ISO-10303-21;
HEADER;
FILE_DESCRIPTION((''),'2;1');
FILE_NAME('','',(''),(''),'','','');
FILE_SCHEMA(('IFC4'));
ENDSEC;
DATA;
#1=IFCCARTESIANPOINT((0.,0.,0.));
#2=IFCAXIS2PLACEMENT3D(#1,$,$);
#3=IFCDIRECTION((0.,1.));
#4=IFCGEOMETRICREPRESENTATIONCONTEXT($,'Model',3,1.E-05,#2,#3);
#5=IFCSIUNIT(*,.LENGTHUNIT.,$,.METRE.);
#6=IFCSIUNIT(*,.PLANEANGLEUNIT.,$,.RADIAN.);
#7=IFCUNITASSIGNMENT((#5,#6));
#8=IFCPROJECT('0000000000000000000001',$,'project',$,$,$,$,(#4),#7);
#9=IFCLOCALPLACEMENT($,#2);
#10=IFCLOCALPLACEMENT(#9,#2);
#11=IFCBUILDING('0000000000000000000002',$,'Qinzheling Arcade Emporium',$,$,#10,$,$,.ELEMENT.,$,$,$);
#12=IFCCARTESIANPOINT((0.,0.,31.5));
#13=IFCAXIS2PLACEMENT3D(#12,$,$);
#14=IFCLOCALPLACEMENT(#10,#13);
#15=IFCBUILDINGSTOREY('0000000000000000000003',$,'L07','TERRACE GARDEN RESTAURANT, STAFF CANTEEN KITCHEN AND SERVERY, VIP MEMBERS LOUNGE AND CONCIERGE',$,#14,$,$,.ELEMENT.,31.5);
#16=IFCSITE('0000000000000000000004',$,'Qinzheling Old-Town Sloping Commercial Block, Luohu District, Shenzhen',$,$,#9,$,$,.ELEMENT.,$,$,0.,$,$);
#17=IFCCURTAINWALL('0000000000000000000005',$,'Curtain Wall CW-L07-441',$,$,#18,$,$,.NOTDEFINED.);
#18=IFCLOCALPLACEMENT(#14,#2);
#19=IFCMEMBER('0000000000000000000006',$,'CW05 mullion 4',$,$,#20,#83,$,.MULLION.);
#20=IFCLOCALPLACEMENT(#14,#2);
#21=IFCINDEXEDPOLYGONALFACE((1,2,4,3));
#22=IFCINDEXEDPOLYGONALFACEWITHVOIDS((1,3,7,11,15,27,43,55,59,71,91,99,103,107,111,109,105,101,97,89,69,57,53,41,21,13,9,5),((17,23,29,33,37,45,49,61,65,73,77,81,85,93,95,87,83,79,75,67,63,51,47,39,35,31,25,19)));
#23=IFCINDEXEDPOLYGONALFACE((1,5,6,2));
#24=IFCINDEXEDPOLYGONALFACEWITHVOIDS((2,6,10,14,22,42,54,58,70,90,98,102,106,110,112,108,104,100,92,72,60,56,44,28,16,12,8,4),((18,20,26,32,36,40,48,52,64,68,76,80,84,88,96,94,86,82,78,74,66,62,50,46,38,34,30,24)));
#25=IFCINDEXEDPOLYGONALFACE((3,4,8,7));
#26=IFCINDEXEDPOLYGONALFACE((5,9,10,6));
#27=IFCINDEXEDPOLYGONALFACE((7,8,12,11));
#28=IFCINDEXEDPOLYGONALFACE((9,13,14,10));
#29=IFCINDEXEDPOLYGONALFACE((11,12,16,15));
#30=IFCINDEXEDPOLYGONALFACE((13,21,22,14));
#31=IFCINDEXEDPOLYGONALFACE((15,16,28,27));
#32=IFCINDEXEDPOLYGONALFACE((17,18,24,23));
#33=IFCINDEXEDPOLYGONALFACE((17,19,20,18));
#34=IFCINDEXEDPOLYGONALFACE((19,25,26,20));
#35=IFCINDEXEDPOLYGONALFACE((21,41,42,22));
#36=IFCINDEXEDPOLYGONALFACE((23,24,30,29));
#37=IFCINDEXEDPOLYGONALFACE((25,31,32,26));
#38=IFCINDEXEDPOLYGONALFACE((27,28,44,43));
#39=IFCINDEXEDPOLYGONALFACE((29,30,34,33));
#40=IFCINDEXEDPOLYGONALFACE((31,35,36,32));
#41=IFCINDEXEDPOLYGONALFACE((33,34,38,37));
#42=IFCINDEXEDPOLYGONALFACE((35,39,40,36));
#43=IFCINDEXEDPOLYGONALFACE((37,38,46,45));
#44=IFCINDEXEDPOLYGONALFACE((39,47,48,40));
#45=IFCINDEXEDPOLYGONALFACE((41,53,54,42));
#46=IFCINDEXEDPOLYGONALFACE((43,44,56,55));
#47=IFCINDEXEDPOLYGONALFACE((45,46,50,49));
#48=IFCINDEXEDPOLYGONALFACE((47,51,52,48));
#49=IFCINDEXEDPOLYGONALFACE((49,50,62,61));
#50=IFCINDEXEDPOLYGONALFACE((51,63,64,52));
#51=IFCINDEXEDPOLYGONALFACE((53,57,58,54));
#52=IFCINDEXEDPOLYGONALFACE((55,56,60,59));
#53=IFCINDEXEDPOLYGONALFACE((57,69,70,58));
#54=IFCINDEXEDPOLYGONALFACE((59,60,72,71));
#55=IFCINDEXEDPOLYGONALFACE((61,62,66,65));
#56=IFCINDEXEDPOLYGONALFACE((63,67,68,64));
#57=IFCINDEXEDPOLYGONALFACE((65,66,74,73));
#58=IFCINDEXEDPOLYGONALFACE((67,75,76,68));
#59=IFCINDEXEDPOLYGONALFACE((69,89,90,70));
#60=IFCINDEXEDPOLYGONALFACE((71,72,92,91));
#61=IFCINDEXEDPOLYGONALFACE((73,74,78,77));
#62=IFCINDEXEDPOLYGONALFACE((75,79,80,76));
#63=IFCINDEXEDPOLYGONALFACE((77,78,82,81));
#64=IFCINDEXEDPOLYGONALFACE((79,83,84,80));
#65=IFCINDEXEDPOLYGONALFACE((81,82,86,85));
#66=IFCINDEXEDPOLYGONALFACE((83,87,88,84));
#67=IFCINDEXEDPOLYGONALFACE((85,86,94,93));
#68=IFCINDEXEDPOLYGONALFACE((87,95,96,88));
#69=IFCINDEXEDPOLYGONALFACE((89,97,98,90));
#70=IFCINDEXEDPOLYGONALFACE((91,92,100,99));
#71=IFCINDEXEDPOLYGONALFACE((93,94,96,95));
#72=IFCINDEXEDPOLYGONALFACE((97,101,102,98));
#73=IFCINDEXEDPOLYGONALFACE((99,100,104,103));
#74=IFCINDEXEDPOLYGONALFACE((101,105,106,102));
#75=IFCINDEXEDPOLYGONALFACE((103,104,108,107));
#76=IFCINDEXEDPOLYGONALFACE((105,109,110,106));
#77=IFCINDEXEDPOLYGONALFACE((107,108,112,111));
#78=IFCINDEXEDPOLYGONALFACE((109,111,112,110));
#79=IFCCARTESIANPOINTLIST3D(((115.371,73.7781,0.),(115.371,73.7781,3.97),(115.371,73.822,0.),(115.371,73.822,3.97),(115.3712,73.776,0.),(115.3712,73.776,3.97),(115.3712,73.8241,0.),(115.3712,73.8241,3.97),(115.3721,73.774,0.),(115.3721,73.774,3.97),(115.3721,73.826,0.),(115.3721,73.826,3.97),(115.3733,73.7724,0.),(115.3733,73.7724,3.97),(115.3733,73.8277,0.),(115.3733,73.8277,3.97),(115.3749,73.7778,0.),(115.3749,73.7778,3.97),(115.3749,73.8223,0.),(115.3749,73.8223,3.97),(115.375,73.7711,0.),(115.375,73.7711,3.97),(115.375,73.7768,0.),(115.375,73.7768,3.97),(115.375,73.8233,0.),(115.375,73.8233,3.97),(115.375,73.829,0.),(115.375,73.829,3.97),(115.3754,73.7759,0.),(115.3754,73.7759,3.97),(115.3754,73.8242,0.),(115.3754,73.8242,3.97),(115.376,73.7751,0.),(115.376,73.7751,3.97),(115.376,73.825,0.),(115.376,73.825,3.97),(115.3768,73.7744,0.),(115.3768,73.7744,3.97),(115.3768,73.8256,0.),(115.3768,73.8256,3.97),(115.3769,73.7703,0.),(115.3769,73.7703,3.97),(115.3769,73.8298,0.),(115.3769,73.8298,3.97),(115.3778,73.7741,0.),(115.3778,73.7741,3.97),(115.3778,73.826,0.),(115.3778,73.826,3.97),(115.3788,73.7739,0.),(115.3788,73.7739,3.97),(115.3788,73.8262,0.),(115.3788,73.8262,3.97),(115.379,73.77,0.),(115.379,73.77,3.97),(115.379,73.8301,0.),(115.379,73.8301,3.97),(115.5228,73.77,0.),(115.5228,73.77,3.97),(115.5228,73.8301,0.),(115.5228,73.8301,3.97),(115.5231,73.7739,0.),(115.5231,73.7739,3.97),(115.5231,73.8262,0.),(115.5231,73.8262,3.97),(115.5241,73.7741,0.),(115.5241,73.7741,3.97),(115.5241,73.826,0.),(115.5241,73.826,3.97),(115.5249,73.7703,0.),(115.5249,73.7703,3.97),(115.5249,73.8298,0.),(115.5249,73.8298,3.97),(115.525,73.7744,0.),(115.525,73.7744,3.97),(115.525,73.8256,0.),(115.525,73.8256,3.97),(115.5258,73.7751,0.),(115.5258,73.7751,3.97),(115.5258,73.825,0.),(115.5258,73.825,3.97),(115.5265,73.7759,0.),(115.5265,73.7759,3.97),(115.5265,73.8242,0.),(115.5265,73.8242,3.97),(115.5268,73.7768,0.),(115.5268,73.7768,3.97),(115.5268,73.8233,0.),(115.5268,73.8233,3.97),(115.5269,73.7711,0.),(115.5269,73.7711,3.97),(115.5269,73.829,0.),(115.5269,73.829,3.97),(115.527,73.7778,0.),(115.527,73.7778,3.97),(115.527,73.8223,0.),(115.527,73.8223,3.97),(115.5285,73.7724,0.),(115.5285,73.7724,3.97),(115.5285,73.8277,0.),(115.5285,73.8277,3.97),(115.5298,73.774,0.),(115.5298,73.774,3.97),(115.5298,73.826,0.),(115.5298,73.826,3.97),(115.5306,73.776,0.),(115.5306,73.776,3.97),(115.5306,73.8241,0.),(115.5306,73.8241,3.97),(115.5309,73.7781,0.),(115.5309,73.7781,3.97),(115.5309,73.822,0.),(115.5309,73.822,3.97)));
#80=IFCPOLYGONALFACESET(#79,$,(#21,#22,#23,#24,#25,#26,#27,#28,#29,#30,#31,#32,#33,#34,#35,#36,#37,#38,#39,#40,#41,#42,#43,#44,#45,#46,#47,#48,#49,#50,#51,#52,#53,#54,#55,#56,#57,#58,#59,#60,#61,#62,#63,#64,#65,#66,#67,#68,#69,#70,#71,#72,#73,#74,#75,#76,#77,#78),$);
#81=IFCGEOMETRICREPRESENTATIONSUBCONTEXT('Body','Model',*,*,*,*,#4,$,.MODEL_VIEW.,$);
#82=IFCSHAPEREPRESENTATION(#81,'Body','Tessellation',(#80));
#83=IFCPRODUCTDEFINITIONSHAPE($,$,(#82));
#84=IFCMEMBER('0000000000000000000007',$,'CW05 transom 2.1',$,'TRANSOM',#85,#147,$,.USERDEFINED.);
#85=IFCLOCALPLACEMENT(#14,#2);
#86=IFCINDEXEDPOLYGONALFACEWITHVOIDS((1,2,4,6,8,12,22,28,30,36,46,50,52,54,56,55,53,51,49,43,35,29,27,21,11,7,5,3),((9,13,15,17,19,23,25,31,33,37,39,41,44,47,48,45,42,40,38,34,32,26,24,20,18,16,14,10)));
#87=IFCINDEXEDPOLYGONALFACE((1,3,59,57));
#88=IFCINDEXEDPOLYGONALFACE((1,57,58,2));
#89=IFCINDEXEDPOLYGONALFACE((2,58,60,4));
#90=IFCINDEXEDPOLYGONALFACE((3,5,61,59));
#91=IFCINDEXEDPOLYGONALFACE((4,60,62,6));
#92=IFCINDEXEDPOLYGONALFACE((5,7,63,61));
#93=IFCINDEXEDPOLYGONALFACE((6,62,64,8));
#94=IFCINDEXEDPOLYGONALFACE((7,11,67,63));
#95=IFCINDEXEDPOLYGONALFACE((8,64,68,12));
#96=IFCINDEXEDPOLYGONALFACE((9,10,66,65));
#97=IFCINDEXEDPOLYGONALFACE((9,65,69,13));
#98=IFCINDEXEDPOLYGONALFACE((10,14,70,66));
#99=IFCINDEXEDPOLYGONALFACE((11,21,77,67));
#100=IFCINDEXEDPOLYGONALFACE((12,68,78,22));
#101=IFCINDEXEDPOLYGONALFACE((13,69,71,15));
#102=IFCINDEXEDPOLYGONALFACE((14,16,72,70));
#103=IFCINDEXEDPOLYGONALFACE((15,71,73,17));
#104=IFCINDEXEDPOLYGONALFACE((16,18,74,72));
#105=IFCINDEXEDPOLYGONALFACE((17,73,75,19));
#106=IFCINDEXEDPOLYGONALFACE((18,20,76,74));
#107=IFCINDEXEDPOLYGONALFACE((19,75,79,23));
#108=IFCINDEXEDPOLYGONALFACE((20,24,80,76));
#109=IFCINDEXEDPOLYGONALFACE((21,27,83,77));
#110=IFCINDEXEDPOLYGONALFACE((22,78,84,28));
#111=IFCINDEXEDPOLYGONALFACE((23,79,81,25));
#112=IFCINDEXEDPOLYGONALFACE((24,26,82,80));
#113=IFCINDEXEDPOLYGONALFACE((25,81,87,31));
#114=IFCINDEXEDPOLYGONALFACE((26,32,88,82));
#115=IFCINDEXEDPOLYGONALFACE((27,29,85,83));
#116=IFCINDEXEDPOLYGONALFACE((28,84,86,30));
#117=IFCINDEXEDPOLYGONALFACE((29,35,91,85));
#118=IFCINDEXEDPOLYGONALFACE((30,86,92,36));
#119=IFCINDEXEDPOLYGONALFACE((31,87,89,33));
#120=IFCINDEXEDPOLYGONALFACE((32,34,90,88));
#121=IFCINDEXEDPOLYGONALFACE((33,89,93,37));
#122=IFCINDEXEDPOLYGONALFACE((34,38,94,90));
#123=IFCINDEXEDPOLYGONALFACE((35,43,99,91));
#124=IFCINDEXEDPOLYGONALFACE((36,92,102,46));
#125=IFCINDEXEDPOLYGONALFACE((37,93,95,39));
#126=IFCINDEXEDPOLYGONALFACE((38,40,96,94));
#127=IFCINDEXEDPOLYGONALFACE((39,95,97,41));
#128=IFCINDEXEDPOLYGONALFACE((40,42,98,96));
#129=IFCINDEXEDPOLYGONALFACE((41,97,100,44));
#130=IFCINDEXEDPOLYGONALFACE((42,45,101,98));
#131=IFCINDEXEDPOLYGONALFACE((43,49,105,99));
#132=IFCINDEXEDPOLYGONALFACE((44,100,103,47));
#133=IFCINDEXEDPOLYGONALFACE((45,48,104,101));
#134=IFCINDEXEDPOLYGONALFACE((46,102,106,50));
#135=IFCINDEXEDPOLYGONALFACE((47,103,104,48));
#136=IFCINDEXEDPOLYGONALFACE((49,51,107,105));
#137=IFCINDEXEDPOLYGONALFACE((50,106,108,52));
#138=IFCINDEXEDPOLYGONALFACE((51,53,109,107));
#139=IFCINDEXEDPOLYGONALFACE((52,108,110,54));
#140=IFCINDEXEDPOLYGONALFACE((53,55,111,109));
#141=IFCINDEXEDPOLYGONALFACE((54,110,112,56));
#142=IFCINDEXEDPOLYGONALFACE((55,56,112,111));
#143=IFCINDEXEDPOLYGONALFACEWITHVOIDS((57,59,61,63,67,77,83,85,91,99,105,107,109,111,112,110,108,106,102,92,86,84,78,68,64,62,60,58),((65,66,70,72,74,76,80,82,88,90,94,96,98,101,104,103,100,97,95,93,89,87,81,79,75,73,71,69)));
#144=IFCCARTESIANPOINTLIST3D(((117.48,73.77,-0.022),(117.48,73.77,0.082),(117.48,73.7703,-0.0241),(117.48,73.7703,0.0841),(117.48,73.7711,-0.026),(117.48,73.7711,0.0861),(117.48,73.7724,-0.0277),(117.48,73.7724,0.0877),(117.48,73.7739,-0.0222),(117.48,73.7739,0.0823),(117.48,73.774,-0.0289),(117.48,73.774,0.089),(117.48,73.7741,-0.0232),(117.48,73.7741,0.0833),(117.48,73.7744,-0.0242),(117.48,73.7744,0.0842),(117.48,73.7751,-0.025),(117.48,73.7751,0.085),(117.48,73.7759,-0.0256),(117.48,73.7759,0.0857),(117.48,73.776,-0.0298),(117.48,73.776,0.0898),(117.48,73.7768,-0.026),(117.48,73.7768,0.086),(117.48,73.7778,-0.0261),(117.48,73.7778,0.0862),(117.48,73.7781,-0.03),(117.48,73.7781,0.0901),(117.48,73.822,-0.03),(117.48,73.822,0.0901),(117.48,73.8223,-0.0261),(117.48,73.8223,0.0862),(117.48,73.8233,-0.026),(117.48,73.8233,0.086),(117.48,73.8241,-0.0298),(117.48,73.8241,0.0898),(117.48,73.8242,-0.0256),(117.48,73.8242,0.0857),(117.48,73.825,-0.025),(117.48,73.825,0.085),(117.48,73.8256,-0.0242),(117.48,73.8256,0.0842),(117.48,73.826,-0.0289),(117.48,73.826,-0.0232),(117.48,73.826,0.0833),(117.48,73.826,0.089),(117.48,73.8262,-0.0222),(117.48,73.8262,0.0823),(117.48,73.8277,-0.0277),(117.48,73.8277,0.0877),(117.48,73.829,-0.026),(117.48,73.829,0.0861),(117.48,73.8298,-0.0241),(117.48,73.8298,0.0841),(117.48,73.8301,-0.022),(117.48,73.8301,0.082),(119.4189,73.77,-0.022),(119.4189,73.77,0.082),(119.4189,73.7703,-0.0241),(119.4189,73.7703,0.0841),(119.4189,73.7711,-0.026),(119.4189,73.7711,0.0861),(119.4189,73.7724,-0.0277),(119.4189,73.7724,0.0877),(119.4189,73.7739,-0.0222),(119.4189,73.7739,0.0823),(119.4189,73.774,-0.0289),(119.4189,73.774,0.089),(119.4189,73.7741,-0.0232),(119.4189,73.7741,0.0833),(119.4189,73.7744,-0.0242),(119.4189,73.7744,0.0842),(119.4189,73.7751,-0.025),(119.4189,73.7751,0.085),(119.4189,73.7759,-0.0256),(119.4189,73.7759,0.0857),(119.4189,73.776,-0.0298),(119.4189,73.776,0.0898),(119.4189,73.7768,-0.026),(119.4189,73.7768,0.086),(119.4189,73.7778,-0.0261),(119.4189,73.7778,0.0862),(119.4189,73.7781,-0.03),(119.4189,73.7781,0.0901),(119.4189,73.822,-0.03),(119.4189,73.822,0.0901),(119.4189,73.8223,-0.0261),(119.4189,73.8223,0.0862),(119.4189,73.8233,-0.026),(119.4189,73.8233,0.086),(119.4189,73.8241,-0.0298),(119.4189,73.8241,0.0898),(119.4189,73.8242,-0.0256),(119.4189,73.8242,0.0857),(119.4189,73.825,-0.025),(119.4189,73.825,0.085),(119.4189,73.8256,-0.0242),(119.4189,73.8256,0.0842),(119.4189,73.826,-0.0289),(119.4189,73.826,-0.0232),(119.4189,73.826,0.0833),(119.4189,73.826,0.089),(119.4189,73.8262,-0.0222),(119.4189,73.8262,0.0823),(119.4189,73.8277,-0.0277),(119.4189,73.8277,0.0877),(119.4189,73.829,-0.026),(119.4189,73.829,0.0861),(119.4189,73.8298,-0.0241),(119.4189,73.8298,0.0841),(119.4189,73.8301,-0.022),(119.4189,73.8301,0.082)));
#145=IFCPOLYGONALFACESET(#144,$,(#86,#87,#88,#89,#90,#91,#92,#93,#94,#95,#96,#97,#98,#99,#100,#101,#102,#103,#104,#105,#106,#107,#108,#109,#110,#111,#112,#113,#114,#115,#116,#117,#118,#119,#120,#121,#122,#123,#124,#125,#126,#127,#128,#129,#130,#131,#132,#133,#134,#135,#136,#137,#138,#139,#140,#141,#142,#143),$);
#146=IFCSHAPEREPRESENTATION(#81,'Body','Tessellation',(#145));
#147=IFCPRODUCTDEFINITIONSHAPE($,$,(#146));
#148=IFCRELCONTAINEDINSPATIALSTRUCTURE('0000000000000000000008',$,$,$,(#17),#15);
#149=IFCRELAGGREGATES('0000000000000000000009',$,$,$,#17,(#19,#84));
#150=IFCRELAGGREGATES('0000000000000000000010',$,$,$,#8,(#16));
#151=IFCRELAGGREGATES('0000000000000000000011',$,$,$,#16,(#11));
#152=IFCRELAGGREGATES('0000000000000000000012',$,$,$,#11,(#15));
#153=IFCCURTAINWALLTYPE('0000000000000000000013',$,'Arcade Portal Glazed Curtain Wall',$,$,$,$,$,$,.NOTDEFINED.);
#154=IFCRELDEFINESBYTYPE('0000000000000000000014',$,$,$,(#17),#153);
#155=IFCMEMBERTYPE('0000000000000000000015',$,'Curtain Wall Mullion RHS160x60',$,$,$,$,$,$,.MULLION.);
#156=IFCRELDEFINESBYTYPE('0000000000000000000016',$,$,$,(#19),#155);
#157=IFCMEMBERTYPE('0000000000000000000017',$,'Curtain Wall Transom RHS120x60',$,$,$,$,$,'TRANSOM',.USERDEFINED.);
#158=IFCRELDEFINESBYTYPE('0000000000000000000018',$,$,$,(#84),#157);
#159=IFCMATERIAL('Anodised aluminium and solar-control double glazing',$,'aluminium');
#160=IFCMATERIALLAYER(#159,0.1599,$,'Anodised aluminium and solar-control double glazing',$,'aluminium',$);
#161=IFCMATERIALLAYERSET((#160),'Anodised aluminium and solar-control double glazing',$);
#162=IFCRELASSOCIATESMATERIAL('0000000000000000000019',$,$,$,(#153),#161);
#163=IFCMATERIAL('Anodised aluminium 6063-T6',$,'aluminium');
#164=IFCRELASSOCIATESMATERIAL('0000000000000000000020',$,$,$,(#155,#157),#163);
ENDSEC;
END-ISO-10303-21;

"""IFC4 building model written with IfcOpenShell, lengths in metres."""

from ifc_helpers import new_model, si_unit, direction, frame, origin, origin_2d, place, context, subcontext, project, spatial, hollow_rectangle, extrude, material, layer, layer_set, material_profile, profile_set, type_object, element, aggregate, save


model = new_model("IFC4")

# Units and contexts
model_context = context("Model", 3, precision=1e-05, world=origin(), true_north=direction((0.0, 1.0)))
body_context = subcontext(model_context, "Body", "Model", "MODEL_VIEW")
ifc_project = project(units=[si_unit("LENGTHUNIT", "METRE"), si_unit("PLANEANGLEUNIT", "RADIAN")], contexts=[model_context])

# Site, building, storey
site_placement = place(None, origin())
site = spatial("IfcSite", under=ifc_project, at=site_placement, Name="Qinzheling Old-Town Sloping Commercial Block, Luohu District, Shenzhen", CompositionType="ELEMENT", RefElevation=0.0)
building_placement = place(site_placement, origin())
building = spatial("IfcBuilding", under=site, at=building_placement, Name="Qinzheling Arcade Emporium", CompositionType="ELEMENT")
storey_placement = place(building_placement, frame((0.0, 0.0, 31.5)))
storey = spatial("IfcBuildingStorey", under=building, at=storey_placement, Name="L07", Description="TERRACE GARDEN RESTAURANT, STAFF CANTEEN KITCHEN AND SERVERY, VIP MEMBERS LOUNGE AND CONCIERGE", CompositionType="ELEMENT", Elevation=31.5)

# Curtain wall, members
ifc_material_1 = material(Name="Anodised aluminium and solar-control double glazing", Category="aluminium")
ifc_layer_1 = layer(ifc_material_1, 0.1599, Name="Anodised aluminium and solar-control double glazing", Category="aluminium")
ifc_layer_set_1 = layer_set([ifc_layer_1], Name="Anodised aluminium and solar-control double glazing")
curtain_wall_type = type_object("IfcCurtainWallType", Name="Arcade Portal Glazed Curtain Wall", PredefinedType="NOTDEFINED", material=ifc_layer_set_1)
curtain_wall_placement = place(storey_placement, origin())
curtain_wall = element("IfcCurtainWall", 1, at=curtain_wall_placement, inside=storey, type_object=curtain_wall_type, Name="Curtain Wall CW-L07-441", PredefinedType="NOTDEFINED")
ifc_material_2 = material(Name="Anodised aluminium 6063-T6", Category="aluminium")
ifc_material_profile_1 = material_profile(ifc_material_2, hollow_rectangle(XDim=0.0601, YDim=0.1599, WallThickness=0.0039, InnerFilletRadius=0.0039, OuterFilletRadius=0.0081, at=origin_2d()), Name="RHS 160x60x4", Category="aluminium")
ifc_profile_set_1 = profile_set([ifc_material_profile_1], Name="Anodised aluminium 6063-T6")
member_type_1 = type_object("IfcMemberType", Name="Curtain Wall Mullion RHS160x60", PredefinedType="MULLION", material=ifc_profile_set_1)
member_1_placement = place(storey_placement, frame((115.4509, 73.8, 0.0), z_axis=(0.0, 0.0, 1.0), x_axis=(0.0, -1.0, 0.0)))
member_1 = element("IfcMember", 2, at=member_1_placement, type_object=member_type_1, Name="CW05 mullion 4", PredefinedType="MULLION", context=body_context, shape_type="SweptSolid", body=[
    extrude(hollow_rectangle(XDim=0.0601, YDim=0.1599, WallThickness=0.0039, InnerFilletRadius=0.0039, OuterFilletRadius=0.0081, at=origin_2d()), origin(), (0.0, 0.0, 1.0), 3.97),
])
ifc_material_profile_2 = material_profile(ifc_material_2, hollow_rectangle(XDim=0.0601, YDim=0.1201, WallThickness=0.0039, InnerFilletRadius=0.0039, OuterFilletRadius=0.0081, at=origin_2d()), Name="RHS 120x60x4", Category="aluminium")
ifc_profile_set_2 = profile_set([ifc_material_profile_2], Name="Anodised aluminium 6063-T6")
member_type_2 = type_object("IfcMemberType", Name="Curtain Wall Transom RHS120x60", ElementType="TRANSOM", PredefinedType="USERDEFINED", material=ifc_profile_set_2)
member_2_placement = place(storey_placement, frame((119.4189, 73.8, 0.03), z_axis=(-1.0, 0.0, 0.0), x_axis=(0.0, -1.0, 0.0)))
member_2 = element("IfcMember", 3, at=member_2_placement, type_object=member_type_2, Name="CW05 transom 2.1", ObjectType="TRANSOM", PredefinedType="USERDEFINED", context=body_context, shape_type="SweptSolid", body=[
    extrude(hollow_rectangle(XDim=0.0601, YDim=0.1201, WallThickness=0.0039, InnerFilletRadius=0.0039, OuterFilletRadius=0.0081, at=origin_2d()), origin(), (0.0, 0.0, 1.0), 1.939),
])
aggregate(curtain_wall, [member_1, member_2])

save(model, "model.ifc")
